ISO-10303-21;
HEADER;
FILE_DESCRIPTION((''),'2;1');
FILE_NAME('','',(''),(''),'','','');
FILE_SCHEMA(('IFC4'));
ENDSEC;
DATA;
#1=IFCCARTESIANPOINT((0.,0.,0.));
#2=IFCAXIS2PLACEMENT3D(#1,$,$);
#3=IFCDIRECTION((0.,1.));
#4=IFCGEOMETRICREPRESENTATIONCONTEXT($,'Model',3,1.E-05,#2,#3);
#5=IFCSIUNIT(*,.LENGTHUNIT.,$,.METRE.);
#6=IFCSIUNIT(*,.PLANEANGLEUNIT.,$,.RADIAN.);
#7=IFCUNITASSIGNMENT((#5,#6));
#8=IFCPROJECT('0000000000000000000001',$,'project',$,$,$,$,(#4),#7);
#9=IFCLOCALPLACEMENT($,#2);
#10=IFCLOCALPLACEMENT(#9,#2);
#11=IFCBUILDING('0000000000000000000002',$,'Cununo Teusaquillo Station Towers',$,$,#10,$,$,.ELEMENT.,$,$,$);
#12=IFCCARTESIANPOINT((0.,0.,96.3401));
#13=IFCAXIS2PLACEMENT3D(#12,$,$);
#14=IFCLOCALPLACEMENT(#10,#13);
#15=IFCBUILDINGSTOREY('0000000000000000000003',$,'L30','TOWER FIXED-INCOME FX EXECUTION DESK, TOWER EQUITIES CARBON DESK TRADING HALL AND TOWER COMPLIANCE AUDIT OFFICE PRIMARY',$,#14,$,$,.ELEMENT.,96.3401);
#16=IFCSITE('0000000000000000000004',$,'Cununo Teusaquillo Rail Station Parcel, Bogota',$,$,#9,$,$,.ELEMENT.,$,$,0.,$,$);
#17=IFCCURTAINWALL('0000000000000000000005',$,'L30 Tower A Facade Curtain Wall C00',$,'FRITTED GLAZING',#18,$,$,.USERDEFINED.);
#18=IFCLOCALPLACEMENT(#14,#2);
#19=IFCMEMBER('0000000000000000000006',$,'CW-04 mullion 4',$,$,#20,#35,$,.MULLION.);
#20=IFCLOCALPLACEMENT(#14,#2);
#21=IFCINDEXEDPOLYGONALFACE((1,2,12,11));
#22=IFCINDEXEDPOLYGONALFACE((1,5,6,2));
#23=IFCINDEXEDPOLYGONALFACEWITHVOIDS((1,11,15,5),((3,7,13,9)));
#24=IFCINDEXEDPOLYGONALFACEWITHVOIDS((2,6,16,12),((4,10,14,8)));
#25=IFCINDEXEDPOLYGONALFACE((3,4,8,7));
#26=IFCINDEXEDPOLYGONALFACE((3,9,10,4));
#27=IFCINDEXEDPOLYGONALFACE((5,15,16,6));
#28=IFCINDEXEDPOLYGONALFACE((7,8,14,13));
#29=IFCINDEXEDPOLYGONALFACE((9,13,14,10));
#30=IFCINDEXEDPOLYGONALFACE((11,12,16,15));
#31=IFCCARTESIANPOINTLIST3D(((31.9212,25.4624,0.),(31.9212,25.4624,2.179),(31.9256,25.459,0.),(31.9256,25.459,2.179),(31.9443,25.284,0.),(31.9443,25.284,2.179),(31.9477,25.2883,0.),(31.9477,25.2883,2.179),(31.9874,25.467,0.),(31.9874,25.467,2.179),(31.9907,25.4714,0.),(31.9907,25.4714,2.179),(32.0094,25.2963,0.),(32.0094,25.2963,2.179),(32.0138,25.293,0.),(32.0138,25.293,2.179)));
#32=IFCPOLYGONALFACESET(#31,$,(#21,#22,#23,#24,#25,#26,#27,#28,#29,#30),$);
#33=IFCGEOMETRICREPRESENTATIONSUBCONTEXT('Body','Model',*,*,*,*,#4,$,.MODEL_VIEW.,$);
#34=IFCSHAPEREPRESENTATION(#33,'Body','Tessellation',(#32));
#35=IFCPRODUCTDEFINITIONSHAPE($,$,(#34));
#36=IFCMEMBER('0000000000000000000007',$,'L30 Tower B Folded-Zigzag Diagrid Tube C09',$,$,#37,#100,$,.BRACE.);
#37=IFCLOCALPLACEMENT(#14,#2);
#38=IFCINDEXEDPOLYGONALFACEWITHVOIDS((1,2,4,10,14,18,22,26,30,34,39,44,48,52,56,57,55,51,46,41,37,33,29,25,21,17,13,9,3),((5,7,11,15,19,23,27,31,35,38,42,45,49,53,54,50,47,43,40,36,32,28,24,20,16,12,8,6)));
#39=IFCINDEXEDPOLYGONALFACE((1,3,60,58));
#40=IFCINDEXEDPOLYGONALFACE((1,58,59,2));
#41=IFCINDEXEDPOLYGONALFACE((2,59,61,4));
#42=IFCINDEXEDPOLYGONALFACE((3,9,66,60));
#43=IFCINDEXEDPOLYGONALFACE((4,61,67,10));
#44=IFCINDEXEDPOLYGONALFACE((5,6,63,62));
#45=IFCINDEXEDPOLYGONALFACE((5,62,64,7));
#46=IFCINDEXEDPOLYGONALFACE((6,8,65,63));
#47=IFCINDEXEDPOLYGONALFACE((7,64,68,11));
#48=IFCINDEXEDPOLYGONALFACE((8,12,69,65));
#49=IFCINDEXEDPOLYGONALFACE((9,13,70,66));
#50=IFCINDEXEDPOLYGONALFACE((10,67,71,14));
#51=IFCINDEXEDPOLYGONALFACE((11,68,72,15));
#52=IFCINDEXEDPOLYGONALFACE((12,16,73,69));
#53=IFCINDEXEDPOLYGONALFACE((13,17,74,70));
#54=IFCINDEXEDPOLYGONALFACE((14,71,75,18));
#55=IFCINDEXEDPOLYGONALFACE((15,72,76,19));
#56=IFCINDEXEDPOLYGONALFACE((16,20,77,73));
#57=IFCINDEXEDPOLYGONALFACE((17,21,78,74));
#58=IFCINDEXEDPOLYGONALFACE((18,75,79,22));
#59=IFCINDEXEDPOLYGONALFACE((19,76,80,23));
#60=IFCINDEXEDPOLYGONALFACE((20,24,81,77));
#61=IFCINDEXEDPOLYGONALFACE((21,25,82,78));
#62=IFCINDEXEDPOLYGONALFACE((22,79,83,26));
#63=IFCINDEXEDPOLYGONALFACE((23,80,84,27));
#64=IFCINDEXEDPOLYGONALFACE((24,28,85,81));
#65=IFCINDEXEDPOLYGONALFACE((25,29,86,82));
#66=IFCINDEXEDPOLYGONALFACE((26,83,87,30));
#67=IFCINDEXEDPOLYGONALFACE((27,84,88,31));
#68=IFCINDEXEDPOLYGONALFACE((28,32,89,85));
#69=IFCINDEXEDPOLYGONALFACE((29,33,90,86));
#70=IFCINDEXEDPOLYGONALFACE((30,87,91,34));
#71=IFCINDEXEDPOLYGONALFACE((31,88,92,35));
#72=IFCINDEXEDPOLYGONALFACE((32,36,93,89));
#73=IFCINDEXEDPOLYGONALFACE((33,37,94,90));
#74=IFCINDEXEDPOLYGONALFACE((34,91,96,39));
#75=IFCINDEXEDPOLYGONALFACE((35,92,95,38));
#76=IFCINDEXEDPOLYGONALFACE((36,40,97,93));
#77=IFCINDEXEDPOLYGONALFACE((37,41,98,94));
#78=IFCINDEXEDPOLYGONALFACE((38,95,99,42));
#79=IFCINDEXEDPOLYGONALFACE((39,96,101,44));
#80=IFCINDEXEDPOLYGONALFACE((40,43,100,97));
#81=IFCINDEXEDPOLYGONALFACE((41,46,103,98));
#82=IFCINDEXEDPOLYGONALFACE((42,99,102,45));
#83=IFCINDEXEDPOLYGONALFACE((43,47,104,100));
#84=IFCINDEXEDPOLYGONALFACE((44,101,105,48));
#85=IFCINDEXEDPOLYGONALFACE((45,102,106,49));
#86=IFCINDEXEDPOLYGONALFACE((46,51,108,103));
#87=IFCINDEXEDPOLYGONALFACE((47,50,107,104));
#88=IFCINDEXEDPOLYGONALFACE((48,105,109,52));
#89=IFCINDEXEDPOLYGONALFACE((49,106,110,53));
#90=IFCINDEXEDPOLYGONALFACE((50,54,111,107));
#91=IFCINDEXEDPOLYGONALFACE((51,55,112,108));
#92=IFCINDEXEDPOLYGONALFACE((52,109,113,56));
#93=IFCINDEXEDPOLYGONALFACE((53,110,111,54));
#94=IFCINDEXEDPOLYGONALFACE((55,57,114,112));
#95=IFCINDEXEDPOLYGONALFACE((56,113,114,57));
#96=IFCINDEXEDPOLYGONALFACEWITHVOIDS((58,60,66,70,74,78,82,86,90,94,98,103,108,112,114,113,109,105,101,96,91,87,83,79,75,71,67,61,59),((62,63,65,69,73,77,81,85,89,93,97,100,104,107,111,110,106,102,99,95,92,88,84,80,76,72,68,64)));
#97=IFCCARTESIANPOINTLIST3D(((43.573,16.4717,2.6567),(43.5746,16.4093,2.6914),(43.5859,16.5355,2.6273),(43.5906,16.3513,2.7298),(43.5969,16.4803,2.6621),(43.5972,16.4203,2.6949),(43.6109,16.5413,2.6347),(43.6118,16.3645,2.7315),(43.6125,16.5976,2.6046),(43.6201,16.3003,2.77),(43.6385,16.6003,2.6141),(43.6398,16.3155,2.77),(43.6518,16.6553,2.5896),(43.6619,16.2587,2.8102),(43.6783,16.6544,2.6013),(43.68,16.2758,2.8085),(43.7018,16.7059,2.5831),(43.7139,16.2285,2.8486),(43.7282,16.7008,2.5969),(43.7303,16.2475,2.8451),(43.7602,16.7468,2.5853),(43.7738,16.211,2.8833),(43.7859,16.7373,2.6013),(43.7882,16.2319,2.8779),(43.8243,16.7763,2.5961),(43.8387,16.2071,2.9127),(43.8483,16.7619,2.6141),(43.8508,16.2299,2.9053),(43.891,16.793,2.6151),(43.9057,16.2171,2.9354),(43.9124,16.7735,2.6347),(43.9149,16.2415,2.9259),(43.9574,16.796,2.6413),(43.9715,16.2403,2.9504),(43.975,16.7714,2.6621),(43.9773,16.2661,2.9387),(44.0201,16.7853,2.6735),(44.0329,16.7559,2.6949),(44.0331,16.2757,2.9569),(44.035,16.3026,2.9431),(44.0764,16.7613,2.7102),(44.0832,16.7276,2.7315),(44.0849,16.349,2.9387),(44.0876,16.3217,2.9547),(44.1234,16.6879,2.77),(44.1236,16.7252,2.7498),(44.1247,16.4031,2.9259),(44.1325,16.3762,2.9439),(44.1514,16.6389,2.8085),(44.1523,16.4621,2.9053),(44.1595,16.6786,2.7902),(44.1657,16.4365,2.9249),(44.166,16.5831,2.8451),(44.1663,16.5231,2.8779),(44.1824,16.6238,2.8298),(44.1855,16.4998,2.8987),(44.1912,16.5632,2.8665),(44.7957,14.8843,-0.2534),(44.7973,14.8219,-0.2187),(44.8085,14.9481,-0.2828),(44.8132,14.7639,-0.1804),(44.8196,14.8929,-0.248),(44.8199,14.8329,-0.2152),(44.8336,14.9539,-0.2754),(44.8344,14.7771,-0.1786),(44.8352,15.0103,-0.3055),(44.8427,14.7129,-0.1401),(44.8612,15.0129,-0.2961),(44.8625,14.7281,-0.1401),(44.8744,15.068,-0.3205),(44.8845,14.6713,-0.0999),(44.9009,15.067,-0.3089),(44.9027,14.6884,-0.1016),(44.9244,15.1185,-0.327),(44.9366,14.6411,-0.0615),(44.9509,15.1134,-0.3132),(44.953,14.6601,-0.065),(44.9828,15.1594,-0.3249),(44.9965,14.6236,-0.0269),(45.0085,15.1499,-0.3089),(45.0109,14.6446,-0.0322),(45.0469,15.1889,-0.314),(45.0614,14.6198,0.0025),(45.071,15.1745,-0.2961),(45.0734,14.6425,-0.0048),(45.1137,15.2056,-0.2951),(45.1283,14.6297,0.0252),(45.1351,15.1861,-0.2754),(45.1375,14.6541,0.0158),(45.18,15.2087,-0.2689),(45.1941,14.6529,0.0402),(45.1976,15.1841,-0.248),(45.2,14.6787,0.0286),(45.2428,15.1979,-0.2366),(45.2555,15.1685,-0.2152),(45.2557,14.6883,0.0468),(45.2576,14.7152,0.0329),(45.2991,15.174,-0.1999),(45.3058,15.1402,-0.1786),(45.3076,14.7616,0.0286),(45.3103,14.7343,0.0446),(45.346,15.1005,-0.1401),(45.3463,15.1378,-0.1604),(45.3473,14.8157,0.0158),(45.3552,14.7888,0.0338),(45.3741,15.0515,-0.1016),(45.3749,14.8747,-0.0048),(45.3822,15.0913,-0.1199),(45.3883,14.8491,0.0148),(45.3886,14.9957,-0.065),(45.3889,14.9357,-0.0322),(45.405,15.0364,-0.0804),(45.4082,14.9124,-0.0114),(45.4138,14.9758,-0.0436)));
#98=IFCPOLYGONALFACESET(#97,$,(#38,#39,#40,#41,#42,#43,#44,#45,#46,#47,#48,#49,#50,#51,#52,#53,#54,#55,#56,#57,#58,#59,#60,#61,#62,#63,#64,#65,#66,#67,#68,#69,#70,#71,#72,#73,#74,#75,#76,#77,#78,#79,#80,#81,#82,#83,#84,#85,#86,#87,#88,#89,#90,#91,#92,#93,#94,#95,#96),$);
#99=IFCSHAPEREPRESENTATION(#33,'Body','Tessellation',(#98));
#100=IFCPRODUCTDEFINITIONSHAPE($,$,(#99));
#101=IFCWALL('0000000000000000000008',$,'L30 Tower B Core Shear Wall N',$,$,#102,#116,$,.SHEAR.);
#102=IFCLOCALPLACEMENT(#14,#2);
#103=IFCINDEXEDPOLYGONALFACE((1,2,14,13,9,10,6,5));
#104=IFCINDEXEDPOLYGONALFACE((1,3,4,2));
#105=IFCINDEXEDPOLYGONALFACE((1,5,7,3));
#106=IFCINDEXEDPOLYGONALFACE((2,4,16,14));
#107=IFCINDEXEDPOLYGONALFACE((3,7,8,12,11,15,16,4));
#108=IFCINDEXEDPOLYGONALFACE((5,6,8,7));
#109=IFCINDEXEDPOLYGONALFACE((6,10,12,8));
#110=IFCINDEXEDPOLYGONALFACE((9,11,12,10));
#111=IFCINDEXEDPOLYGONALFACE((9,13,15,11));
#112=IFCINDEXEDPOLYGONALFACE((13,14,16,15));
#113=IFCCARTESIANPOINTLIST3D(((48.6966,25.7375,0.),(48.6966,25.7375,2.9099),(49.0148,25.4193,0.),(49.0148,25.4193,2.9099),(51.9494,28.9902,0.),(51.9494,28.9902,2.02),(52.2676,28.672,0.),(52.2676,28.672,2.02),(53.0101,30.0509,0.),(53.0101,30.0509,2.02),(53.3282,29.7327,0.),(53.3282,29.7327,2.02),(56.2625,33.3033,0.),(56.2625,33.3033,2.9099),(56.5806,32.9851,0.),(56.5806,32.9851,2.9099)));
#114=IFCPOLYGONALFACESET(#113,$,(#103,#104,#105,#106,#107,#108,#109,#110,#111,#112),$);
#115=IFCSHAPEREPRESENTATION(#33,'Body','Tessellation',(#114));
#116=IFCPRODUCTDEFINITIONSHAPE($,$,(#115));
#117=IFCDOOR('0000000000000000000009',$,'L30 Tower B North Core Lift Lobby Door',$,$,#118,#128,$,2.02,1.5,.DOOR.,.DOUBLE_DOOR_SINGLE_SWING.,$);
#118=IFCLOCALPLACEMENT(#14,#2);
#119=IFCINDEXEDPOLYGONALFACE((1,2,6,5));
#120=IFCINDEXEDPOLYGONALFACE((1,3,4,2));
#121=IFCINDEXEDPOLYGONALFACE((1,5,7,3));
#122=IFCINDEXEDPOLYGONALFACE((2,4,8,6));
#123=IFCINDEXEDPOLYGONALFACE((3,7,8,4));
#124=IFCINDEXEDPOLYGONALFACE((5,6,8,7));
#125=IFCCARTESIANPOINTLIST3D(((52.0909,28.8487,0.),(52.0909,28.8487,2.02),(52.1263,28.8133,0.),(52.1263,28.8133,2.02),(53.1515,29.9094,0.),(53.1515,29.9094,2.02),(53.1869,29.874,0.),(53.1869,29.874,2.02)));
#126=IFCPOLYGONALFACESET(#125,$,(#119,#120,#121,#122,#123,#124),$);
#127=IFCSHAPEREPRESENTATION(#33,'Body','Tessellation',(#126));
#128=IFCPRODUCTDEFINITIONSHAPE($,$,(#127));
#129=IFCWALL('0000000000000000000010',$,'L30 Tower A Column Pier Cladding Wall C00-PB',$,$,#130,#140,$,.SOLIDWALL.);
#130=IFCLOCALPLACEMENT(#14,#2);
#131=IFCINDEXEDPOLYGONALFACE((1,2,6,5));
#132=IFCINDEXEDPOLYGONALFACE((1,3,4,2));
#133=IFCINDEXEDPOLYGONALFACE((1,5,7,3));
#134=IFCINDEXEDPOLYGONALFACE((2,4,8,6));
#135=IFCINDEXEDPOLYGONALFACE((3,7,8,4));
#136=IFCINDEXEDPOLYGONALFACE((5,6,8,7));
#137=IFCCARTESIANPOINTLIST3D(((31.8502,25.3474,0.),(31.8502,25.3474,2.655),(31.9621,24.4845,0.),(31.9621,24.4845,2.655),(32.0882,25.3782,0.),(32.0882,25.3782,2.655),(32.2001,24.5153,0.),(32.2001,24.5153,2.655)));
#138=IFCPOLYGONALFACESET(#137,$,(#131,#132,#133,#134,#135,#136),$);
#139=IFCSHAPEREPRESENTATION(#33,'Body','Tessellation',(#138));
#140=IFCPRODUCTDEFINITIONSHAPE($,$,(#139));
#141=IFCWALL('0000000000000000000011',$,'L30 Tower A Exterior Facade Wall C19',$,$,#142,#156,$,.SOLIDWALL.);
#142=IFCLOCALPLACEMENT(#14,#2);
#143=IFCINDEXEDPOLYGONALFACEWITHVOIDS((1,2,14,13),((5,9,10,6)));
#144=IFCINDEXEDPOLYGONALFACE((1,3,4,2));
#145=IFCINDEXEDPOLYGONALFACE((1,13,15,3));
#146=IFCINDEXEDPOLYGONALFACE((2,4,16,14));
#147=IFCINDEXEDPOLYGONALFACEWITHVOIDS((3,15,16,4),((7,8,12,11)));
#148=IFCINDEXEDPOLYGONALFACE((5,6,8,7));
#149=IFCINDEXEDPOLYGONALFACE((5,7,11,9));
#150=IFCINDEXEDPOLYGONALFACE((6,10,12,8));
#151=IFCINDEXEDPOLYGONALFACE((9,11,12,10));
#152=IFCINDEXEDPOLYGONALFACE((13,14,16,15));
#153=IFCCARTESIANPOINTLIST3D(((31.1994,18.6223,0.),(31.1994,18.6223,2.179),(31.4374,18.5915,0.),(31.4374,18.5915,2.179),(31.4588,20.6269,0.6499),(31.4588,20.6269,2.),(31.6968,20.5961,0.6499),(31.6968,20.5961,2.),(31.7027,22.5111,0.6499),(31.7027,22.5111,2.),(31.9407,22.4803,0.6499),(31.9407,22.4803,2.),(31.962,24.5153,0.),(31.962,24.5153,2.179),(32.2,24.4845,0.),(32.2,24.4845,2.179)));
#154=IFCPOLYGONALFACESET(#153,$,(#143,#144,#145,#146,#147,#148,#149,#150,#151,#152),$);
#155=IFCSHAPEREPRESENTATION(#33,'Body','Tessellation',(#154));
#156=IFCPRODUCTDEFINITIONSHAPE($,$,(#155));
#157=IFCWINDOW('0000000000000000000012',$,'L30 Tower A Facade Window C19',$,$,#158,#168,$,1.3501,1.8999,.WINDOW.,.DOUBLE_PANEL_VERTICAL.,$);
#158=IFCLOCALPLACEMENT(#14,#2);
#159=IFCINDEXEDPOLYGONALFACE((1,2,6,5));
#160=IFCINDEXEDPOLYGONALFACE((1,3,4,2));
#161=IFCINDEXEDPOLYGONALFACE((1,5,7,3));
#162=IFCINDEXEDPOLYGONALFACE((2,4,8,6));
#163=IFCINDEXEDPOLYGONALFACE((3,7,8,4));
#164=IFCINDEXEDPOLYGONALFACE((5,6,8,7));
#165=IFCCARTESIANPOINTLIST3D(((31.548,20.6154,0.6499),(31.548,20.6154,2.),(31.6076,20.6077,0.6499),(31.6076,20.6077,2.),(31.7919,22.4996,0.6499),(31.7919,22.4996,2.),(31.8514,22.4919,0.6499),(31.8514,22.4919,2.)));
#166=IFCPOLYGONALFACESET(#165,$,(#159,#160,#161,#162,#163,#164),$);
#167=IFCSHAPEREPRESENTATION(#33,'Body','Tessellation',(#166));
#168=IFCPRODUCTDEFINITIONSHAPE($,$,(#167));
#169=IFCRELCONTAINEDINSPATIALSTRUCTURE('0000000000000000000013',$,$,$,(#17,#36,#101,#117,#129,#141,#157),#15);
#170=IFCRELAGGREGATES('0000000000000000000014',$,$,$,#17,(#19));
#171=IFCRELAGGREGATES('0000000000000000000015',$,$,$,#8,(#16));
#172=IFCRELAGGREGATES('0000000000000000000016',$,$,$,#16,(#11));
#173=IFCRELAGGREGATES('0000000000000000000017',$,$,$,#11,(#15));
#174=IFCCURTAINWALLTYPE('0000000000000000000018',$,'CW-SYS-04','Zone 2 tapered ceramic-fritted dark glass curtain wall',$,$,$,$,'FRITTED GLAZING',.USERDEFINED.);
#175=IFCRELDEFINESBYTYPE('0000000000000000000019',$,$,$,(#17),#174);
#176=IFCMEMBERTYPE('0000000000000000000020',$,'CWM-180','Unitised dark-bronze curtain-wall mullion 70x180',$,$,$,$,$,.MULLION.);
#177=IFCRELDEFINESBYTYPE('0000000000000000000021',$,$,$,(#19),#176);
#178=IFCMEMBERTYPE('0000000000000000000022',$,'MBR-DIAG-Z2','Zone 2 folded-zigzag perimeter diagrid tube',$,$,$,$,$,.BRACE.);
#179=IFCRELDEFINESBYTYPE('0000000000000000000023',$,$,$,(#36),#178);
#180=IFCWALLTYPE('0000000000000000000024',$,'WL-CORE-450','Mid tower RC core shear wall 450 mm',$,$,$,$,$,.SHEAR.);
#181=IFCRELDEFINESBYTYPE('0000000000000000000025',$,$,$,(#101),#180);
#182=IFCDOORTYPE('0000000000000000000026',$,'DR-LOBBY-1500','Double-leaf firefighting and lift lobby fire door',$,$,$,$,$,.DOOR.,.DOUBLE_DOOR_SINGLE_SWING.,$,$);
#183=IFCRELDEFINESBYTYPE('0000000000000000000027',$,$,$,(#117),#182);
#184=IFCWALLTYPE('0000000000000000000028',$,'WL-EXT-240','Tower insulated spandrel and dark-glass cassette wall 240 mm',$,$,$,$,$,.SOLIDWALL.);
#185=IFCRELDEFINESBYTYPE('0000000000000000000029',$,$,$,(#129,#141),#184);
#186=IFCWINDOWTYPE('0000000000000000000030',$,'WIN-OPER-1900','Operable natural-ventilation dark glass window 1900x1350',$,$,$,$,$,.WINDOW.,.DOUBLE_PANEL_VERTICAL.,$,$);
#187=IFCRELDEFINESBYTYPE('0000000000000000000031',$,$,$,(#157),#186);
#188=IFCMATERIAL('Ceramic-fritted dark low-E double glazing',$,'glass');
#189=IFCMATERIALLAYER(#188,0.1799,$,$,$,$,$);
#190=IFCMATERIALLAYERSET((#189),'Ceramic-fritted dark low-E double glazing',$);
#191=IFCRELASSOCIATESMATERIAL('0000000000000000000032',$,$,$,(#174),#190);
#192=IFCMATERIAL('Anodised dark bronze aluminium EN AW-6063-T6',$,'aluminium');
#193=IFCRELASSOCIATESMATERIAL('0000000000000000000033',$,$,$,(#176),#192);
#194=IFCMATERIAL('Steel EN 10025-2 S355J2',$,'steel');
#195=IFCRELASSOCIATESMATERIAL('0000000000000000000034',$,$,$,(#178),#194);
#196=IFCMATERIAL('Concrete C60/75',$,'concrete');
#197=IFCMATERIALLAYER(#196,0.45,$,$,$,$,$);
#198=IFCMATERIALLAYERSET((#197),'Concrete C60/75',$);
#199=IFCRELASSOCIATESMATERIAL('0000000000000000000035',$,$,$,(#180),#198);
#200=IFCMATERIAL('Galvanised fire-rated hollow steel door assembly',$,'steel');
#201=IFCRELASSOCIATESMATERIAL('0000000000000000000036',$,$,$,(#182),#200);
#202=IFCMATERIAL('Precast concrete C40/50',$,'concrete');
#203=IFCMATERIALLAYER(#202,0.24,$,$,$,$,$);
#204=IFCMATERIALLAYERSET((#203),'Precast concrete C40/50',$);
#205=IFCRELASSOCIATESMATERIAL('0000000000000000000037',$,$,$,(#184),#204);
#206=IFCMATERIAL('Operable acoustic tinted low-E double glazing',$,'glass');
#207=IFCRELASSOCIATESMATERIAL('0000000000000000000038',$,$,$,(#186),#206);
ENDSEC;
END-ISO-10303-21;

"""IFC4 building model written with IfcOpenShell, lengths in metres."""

from ifc_helpers import new_model, si_unit, direction, frame, frame_2d, origin, origin_2d, place, context, subcontext, project, spatial, rectangle, hollow_rectangle, hollow_circle, extrude, source, transform, mapped, material, layer, layer_set, material_profile, profile_set, type_object, element, fill, aggregate, save


model = new_model("IFC4")

# Units and contexts
model_context = context("Model", 3, precision=1e-05, world=origin(), true_north=direction((0.0, 1.0)))
body_context = subcontext(model_context, "Body", "Model", "MODEL_VIEW")
ifc_project = project(units=[si_unit("LENGTHUNIT", "METRE"), si_unit("PLANEANGLEUNIT", "RADIAN")], contexts=[model_context])

# Site, building, storey
site_placement = place(None, origin())
site = spatial("IfcSite", under=ifc_project, at=site_placement, Name="Cununo Teusaquillo Rail Station Parcel, Bogota", CompositionType="ELEMENT", RefElevation=0.0)
building_placement = place(site_placement, origin())
building = spatial("IfcBuilding", under=site, at=building_placement, Name="Cununo Teusaquillo Station Towers", CompositionType="ELEMENT")
storey_placement = place(building_placement, frame((0.0, 0.0, 96.3401)))
storey = spatial("IfcBuildingStorey", under=building, at=storey_placement, Name="L30", Description="TOWER FIXED-INCOME FX EXECUTION DESK, TOWER EQUITIES CARBON DESK TRADING HALL AND TOWER COMPLIANCE AUDIT OFFICE PRIMARY", CompositionType="ELEMENT", Elevation=96.3401)

# Curtain wall, member
ifc_material_1 = material(Name="Ceramic-fritted dark low-E double glazing", Category="glass")
ifc_layer_1 = layer(ifc_material_1, 0.1799)
ifc_layer_set_1 = layer_set([ifc_layer_1], Name="Ceramic-fritted dark low-E double glazing")
curtain_wall_type = type_object("IfcCurtainWallType", Name="CW-SYS-04", Description="Zone 2 tapered ceramic-fritted dark glass curtain wall", ElementType="FRITTED GLAZING", PredefinedType="USERDEFINED", material=ifc_layer_set_1)
curtain_wall_placement = place(storey_placement, origin())
curtain_wall = element("IfcCurtainWall", 1, at=curtain_wall_placement, inside=storey, type_object=curtain_wall_type, Name="L30 Tower A Facade Curtain Wall C00", ObjectType="FRITTED GLAZING", PredefinedType="USERDEFINED")
ifc_material_2 = material(Name="Anodised dark bronze aluminium EN AW-6063-T6", Category="aluminium")
ifc_material_profile_1 = material_profile(ifc_material_2, hollow_rectangle(XDim=0.0701, YDim=0.1799, WallThickness=0.0039, at=origin_2d()), Name="CW-MULL-70x180")
ifc_profile_set_1 = profile_set([ifc_material_profile_1], Name="Anodised dark bronze aluminium EN AW-6063-T6")
member_type_1 = type_object("IfcMemberType", Name="CWM-180", Description="Unitised dark-bronze curtain-wall mullion 70x180", PredefinedType="MULLION", material=ifc_profile_set_1)
member_1_placement = place(storey_placement, frame((31.9675, 25.3777, 0.0), z_axis=(0.0, 0.0, 1.0), x_axis=(0.991731, 0.128336, 0.0)))
member_1 = element("IfcMember", 2, at=member_1_placement, type_object=member_type_1, Name="CW-04 mullion 4", PredefinedType="MULLION", context=body_context, shape_type="SweptSolid", body=[
    extrude(hollow_rectangle(XDim=0.0701, YDim=0.1799, WallThickness=0.0039, at=origin_2d()), origin(), (0.0, 0.0, 1.0), 2.179),
])
aggregate(curtain_wall, [member_1])

# Member
ifc_material_3 = material(Name="Steel EN 10025-2 S355J2", Category="steel")
ifc_material_profile_2 = material_profile(ifc_material_3, hollow_circle(Radius=0.3301, WallThickness=0.0249, at=origin_2d()), Name="CHS 660x25")
ifc_profile_set_2 = profile_set([ifc_material_profile_2], Name="Steel EN 10025-2 S355J2")
member_type_2 = type_object("IfcMemberType", Name="MBR-DIAG-Z2", Description="Zone 2 folded-zigzag perimeter diagrid tube", PredefinedType="BRACE", material=ifc_profile_set_2)
member_2_placement = place(storey_placement, frame((45.1042, 14.9143, -0.1401), z_axis=(-0.346044, 0.449277, 0.823652), x_axis=(-0.792243, -0.610205, 0.0)))
element("IfcMember", 3, at=member_2_placement, inside=storey, type_object=member_type_2, Name="L30 Tower B Folded-Zigzag Diagrid Tube C09", PredefinedType="BRACE", context=body_context, shape_type="SweptSolid", body=[
    extrude(hollow_circle(Radius=0.3301, WallThickness=0.0249, at=origin_2d()), origin(), (0.0, 0.0, 1.0), 3.5332),
])

# Wall, opening, door
ifc_material_4 = material(Name="Concrete C60/75", Category="concrete")
ifc_layer_2 = layer(ifc_material_4, 0.45)
ifc_layer_set_2 = layer_set([ifc_layer_2], Name="Concrete C60/75")
wall_type_1 = type_object("IfcWallType", Name="WL-CORE-450", Description="Mid tower RC core shear wall 450 mm", PredefinedType="SHEAR", material=ifc_layer_set_2)
wall_1_placement = place(storey_placement, frame((48.8557, 25.5784, 0.0), z_axis=(0.0, 0.0, 1.0), x_axis=(0.707107, 0.707107, 0.0)))
wall_1 = element("IfcWall", 4, at=wall_1_placement, inside=storey, type_object=wall_type_1, Name="L30 Tower B Core Shear Wall N", PredefinedType="SHEAR", context=body_context, shape_type="SweptSolid", body=[
    extrude(rectangle(XDim=10.6997, YDim=0.45, at=frame_2d((5.3499, 0.0))), origin(), (0.0, 0.0, 1.0), 2.9099),
])
shared_shape_1 = source(origin(), body_context, "Body", "SweptSolid", [
    extrude(rectangle(XDim=1.5, YDim=2.02, at=frame_2d((0.75, 1.01))), frame((0.0, 0.2349, 0.0), z_axis=(0.0, -1.0, 0.0), x_axis=(1.0, 0.0, 0.0)), (0.0, 0.0, 1.0), 0.47),
])
opening_1_placement = place(wall_1_placement, frame((4.6001, 0.0, 0.0)))
opening_1 = element("IfcOpeningElement", 5, at=opening_1_placement, cuts=wall_1, PredefinedType="OPENING", context=body_context, shape_type="MappedRepresentation", body=[
    mapped(shared_shape_1, transform((0.0, 0.0, 0.0), x_axis=(1.0, 0.0, 0.0), y_axis=(0.0, 1.0, 0.0), z_axis=(0.0, 0.0, 1.0), scale=1.0)),
])
ifc_material_5 = material(Name="Galvanised fire-rated hollow steel door assembly", Category="steel")
door_type_1 = type_object("IfcDoorType", Name="DR-LOBBY-1500", Description="Double-leaf firefighting and lift lobby fire door", OperationType="DOUBLE_DOOR_SINGLE_SWING", PredefinedType="DOOR", material=ifc_material_5)
shared_shape_2 = source(origin(), body_context, "Body", "SweptSolid", [
    extrude(rectangle(XDim=1.5, YDim=2.02, at=frame_2d((0.75, 1.01))), frame((0.0, 0.0249, 0.0), z_axis=(0.0, -1.0, 0.0), x_axis=(1.0, 0.0, 0.0)), (0.0, 0.0, 1.0), 0.05),
])
door_1_placement = place(opening_1_placement, origin())
door_1 = element("IfcDoor", 6, at=door_1_placement, inside=storey, type_object=door_type_1, Name="L30 Tower B North Core Lift Lobby Door", OperationType="DOUBLE_DOOR_SINGLE_SWING", OverallHeight=2.02, OverallWidth=1.5, PredefinedType="DOOR", context=body_context, shape_type="MappedRepresentation", body=[
    mapped(shared_shape_2, transform((0.0, 0.0, 0.0), x_axis=(1.0, 0.0, 0.0), y_axis=(0.0, 1.0, 0.0), z_axis=(0.0, 0.0, 1.0), scale=1.0)),
])
fill(opening_1, door_1)

# Wall
ifc_material_6 = material(Name="Precast concrete C40/50", Category="concrete")
ifc_layer_3 = layer(ifc_material_6, 0.24)
ifc_layer_set_3 = layer_set([ifc_layer_3], Name="Precast concrete C40/50")
wall_type_2 = type_object("IfcWallType", Name="WL-EXT-240", Description="Tower insulated spandrel and dark-glass cassette wall 240 mm", PredefinedType="SOLIDWALL", material=ifc_layer_set_3)
wall_2_placement = place(storey_placement, frame((31.9692, 25.3628, 0.0), z_axis=(0.0, 0.0, 1.0), x_axis=(0.128523, -0.991706, 0.0)))
element("IfcWall", 7, at=wall_2_placement, inside=storey, type_object=wall_type_2, Name="L30 Tower A Column Pier Cladding Wall C00-PB", PredefinedType="SOLIDWALL", context=body_context, shape_type="SweptSolid", body=[
    extrude(rectangle(XDim=0.8701, YDim=0.24, at=frame_2d((0.4351, 0.0))), origin(), (0.0, 0.0, 1.0), 2.655),
])

# Wall, opening, window
wall_3_placement = place(storey_placement, frame((32.0811, 24.5, 0.0), z_axis=(0.0, 0.0, 1.0), x_axis=(-0.128352, -0.991729, 0.0)))
wall_3 = element("IfcWall", 8, at=wall_3_placement, inside=storey, type_object=wall_type_2, Name="L30 Tower A Exterior Facade Wall C19", PredefinedType="SOLIDWALL", context=body_context, shape_type="SweptSolid", body=[
    extrude(rectangle(XDim=5.9421, YDim=0.24, at=frame_2d((2.9712, 0.0))), origin(), (0.0, 0.0, 1.0), 2.179),
])
shared_shape_3 = source(origin(), body_context, "Body", "SweptSolid", [
    extrude(rectangle(XDim=1.8999, YDim=1.3501, at=frame_2d((0.95, 0.675))), frame((0.0, 0.1299, 0.0), z_axis=(0.0, -1.0, 0.0), x_axis=(1.0, 0.0, 0.0)), (0.0, 0.0, 1.0), 0.26),
])
opening_2_placement = place(wall_3_placement, frame((2.021, 0.0, 0.6499)))
opening_2 = element("IfcOpeningElement", 9, at=opening_2_placement, cuts=wall_3, PredefinedType="OPENING", context=body_context, shape_type="MappedRepresentation", body=[
    mapped(shared_shape_3, transform((0.0, 0.0, 0.0), x_axis=(1.0, 0.0, 0.0), y_axis=(0.0, 1.0, 0.0), z_axis=(0.0, 0.0, 1.0), scale=1.0)),
])
ifc_material_7 = material(Name="Operable acoustic tinted low-E double glazing", Category="glass")
window_type = type_object("IfcWindowType", Name="WIN-OPER-1900", Description="Operable natural-ventilation dark glass window 1900x1350", PartitioningType="DOUBLE_PANEL_VERTICAL", PredefinedType="WINDOW", material=ifc_material_7)
shared_shape_4 = source(origin(), body_context, "Body", "SweptSolid", [
    extrude(rectangle(XDim=1.8999, YDim=1.3501, at=frame_2d((0.95, 0.675))), frame((0.0, 0.03, 0.0), z_axis=(0.0, -1.0, 0.0), x_axis=(1.0, 0.0, 0.0)), (0.0, 0.0, 1.0), 0.0601),
])
window_1_placement = place(opening_2_placement, origin())
window_1 = element("IfcWindow", 10, at=window_1_placement, inside=storey, type_object=window_type, Name="L30 Tower A Facade Window C19", OverallHeight=1.3501, OverallWidth=1.8999, PartitioningType="DOUBLE_PANEL_VERTICAL", PredefinedType="WINDOW", context=body_context, shape_type="MappedRepresentation", body=[
    mapped(shared_shape_4, transform((0.0, 0.0, 0.0), x_axis=(1.0, 0.0, 0.0), y_axis=(0.0, 1.0, 0.0), z_axis=(0.0, 0.0, 1.0), scale=1.0)),
])
fill(opening_2, window_1)

save(model, "model.ifc")
